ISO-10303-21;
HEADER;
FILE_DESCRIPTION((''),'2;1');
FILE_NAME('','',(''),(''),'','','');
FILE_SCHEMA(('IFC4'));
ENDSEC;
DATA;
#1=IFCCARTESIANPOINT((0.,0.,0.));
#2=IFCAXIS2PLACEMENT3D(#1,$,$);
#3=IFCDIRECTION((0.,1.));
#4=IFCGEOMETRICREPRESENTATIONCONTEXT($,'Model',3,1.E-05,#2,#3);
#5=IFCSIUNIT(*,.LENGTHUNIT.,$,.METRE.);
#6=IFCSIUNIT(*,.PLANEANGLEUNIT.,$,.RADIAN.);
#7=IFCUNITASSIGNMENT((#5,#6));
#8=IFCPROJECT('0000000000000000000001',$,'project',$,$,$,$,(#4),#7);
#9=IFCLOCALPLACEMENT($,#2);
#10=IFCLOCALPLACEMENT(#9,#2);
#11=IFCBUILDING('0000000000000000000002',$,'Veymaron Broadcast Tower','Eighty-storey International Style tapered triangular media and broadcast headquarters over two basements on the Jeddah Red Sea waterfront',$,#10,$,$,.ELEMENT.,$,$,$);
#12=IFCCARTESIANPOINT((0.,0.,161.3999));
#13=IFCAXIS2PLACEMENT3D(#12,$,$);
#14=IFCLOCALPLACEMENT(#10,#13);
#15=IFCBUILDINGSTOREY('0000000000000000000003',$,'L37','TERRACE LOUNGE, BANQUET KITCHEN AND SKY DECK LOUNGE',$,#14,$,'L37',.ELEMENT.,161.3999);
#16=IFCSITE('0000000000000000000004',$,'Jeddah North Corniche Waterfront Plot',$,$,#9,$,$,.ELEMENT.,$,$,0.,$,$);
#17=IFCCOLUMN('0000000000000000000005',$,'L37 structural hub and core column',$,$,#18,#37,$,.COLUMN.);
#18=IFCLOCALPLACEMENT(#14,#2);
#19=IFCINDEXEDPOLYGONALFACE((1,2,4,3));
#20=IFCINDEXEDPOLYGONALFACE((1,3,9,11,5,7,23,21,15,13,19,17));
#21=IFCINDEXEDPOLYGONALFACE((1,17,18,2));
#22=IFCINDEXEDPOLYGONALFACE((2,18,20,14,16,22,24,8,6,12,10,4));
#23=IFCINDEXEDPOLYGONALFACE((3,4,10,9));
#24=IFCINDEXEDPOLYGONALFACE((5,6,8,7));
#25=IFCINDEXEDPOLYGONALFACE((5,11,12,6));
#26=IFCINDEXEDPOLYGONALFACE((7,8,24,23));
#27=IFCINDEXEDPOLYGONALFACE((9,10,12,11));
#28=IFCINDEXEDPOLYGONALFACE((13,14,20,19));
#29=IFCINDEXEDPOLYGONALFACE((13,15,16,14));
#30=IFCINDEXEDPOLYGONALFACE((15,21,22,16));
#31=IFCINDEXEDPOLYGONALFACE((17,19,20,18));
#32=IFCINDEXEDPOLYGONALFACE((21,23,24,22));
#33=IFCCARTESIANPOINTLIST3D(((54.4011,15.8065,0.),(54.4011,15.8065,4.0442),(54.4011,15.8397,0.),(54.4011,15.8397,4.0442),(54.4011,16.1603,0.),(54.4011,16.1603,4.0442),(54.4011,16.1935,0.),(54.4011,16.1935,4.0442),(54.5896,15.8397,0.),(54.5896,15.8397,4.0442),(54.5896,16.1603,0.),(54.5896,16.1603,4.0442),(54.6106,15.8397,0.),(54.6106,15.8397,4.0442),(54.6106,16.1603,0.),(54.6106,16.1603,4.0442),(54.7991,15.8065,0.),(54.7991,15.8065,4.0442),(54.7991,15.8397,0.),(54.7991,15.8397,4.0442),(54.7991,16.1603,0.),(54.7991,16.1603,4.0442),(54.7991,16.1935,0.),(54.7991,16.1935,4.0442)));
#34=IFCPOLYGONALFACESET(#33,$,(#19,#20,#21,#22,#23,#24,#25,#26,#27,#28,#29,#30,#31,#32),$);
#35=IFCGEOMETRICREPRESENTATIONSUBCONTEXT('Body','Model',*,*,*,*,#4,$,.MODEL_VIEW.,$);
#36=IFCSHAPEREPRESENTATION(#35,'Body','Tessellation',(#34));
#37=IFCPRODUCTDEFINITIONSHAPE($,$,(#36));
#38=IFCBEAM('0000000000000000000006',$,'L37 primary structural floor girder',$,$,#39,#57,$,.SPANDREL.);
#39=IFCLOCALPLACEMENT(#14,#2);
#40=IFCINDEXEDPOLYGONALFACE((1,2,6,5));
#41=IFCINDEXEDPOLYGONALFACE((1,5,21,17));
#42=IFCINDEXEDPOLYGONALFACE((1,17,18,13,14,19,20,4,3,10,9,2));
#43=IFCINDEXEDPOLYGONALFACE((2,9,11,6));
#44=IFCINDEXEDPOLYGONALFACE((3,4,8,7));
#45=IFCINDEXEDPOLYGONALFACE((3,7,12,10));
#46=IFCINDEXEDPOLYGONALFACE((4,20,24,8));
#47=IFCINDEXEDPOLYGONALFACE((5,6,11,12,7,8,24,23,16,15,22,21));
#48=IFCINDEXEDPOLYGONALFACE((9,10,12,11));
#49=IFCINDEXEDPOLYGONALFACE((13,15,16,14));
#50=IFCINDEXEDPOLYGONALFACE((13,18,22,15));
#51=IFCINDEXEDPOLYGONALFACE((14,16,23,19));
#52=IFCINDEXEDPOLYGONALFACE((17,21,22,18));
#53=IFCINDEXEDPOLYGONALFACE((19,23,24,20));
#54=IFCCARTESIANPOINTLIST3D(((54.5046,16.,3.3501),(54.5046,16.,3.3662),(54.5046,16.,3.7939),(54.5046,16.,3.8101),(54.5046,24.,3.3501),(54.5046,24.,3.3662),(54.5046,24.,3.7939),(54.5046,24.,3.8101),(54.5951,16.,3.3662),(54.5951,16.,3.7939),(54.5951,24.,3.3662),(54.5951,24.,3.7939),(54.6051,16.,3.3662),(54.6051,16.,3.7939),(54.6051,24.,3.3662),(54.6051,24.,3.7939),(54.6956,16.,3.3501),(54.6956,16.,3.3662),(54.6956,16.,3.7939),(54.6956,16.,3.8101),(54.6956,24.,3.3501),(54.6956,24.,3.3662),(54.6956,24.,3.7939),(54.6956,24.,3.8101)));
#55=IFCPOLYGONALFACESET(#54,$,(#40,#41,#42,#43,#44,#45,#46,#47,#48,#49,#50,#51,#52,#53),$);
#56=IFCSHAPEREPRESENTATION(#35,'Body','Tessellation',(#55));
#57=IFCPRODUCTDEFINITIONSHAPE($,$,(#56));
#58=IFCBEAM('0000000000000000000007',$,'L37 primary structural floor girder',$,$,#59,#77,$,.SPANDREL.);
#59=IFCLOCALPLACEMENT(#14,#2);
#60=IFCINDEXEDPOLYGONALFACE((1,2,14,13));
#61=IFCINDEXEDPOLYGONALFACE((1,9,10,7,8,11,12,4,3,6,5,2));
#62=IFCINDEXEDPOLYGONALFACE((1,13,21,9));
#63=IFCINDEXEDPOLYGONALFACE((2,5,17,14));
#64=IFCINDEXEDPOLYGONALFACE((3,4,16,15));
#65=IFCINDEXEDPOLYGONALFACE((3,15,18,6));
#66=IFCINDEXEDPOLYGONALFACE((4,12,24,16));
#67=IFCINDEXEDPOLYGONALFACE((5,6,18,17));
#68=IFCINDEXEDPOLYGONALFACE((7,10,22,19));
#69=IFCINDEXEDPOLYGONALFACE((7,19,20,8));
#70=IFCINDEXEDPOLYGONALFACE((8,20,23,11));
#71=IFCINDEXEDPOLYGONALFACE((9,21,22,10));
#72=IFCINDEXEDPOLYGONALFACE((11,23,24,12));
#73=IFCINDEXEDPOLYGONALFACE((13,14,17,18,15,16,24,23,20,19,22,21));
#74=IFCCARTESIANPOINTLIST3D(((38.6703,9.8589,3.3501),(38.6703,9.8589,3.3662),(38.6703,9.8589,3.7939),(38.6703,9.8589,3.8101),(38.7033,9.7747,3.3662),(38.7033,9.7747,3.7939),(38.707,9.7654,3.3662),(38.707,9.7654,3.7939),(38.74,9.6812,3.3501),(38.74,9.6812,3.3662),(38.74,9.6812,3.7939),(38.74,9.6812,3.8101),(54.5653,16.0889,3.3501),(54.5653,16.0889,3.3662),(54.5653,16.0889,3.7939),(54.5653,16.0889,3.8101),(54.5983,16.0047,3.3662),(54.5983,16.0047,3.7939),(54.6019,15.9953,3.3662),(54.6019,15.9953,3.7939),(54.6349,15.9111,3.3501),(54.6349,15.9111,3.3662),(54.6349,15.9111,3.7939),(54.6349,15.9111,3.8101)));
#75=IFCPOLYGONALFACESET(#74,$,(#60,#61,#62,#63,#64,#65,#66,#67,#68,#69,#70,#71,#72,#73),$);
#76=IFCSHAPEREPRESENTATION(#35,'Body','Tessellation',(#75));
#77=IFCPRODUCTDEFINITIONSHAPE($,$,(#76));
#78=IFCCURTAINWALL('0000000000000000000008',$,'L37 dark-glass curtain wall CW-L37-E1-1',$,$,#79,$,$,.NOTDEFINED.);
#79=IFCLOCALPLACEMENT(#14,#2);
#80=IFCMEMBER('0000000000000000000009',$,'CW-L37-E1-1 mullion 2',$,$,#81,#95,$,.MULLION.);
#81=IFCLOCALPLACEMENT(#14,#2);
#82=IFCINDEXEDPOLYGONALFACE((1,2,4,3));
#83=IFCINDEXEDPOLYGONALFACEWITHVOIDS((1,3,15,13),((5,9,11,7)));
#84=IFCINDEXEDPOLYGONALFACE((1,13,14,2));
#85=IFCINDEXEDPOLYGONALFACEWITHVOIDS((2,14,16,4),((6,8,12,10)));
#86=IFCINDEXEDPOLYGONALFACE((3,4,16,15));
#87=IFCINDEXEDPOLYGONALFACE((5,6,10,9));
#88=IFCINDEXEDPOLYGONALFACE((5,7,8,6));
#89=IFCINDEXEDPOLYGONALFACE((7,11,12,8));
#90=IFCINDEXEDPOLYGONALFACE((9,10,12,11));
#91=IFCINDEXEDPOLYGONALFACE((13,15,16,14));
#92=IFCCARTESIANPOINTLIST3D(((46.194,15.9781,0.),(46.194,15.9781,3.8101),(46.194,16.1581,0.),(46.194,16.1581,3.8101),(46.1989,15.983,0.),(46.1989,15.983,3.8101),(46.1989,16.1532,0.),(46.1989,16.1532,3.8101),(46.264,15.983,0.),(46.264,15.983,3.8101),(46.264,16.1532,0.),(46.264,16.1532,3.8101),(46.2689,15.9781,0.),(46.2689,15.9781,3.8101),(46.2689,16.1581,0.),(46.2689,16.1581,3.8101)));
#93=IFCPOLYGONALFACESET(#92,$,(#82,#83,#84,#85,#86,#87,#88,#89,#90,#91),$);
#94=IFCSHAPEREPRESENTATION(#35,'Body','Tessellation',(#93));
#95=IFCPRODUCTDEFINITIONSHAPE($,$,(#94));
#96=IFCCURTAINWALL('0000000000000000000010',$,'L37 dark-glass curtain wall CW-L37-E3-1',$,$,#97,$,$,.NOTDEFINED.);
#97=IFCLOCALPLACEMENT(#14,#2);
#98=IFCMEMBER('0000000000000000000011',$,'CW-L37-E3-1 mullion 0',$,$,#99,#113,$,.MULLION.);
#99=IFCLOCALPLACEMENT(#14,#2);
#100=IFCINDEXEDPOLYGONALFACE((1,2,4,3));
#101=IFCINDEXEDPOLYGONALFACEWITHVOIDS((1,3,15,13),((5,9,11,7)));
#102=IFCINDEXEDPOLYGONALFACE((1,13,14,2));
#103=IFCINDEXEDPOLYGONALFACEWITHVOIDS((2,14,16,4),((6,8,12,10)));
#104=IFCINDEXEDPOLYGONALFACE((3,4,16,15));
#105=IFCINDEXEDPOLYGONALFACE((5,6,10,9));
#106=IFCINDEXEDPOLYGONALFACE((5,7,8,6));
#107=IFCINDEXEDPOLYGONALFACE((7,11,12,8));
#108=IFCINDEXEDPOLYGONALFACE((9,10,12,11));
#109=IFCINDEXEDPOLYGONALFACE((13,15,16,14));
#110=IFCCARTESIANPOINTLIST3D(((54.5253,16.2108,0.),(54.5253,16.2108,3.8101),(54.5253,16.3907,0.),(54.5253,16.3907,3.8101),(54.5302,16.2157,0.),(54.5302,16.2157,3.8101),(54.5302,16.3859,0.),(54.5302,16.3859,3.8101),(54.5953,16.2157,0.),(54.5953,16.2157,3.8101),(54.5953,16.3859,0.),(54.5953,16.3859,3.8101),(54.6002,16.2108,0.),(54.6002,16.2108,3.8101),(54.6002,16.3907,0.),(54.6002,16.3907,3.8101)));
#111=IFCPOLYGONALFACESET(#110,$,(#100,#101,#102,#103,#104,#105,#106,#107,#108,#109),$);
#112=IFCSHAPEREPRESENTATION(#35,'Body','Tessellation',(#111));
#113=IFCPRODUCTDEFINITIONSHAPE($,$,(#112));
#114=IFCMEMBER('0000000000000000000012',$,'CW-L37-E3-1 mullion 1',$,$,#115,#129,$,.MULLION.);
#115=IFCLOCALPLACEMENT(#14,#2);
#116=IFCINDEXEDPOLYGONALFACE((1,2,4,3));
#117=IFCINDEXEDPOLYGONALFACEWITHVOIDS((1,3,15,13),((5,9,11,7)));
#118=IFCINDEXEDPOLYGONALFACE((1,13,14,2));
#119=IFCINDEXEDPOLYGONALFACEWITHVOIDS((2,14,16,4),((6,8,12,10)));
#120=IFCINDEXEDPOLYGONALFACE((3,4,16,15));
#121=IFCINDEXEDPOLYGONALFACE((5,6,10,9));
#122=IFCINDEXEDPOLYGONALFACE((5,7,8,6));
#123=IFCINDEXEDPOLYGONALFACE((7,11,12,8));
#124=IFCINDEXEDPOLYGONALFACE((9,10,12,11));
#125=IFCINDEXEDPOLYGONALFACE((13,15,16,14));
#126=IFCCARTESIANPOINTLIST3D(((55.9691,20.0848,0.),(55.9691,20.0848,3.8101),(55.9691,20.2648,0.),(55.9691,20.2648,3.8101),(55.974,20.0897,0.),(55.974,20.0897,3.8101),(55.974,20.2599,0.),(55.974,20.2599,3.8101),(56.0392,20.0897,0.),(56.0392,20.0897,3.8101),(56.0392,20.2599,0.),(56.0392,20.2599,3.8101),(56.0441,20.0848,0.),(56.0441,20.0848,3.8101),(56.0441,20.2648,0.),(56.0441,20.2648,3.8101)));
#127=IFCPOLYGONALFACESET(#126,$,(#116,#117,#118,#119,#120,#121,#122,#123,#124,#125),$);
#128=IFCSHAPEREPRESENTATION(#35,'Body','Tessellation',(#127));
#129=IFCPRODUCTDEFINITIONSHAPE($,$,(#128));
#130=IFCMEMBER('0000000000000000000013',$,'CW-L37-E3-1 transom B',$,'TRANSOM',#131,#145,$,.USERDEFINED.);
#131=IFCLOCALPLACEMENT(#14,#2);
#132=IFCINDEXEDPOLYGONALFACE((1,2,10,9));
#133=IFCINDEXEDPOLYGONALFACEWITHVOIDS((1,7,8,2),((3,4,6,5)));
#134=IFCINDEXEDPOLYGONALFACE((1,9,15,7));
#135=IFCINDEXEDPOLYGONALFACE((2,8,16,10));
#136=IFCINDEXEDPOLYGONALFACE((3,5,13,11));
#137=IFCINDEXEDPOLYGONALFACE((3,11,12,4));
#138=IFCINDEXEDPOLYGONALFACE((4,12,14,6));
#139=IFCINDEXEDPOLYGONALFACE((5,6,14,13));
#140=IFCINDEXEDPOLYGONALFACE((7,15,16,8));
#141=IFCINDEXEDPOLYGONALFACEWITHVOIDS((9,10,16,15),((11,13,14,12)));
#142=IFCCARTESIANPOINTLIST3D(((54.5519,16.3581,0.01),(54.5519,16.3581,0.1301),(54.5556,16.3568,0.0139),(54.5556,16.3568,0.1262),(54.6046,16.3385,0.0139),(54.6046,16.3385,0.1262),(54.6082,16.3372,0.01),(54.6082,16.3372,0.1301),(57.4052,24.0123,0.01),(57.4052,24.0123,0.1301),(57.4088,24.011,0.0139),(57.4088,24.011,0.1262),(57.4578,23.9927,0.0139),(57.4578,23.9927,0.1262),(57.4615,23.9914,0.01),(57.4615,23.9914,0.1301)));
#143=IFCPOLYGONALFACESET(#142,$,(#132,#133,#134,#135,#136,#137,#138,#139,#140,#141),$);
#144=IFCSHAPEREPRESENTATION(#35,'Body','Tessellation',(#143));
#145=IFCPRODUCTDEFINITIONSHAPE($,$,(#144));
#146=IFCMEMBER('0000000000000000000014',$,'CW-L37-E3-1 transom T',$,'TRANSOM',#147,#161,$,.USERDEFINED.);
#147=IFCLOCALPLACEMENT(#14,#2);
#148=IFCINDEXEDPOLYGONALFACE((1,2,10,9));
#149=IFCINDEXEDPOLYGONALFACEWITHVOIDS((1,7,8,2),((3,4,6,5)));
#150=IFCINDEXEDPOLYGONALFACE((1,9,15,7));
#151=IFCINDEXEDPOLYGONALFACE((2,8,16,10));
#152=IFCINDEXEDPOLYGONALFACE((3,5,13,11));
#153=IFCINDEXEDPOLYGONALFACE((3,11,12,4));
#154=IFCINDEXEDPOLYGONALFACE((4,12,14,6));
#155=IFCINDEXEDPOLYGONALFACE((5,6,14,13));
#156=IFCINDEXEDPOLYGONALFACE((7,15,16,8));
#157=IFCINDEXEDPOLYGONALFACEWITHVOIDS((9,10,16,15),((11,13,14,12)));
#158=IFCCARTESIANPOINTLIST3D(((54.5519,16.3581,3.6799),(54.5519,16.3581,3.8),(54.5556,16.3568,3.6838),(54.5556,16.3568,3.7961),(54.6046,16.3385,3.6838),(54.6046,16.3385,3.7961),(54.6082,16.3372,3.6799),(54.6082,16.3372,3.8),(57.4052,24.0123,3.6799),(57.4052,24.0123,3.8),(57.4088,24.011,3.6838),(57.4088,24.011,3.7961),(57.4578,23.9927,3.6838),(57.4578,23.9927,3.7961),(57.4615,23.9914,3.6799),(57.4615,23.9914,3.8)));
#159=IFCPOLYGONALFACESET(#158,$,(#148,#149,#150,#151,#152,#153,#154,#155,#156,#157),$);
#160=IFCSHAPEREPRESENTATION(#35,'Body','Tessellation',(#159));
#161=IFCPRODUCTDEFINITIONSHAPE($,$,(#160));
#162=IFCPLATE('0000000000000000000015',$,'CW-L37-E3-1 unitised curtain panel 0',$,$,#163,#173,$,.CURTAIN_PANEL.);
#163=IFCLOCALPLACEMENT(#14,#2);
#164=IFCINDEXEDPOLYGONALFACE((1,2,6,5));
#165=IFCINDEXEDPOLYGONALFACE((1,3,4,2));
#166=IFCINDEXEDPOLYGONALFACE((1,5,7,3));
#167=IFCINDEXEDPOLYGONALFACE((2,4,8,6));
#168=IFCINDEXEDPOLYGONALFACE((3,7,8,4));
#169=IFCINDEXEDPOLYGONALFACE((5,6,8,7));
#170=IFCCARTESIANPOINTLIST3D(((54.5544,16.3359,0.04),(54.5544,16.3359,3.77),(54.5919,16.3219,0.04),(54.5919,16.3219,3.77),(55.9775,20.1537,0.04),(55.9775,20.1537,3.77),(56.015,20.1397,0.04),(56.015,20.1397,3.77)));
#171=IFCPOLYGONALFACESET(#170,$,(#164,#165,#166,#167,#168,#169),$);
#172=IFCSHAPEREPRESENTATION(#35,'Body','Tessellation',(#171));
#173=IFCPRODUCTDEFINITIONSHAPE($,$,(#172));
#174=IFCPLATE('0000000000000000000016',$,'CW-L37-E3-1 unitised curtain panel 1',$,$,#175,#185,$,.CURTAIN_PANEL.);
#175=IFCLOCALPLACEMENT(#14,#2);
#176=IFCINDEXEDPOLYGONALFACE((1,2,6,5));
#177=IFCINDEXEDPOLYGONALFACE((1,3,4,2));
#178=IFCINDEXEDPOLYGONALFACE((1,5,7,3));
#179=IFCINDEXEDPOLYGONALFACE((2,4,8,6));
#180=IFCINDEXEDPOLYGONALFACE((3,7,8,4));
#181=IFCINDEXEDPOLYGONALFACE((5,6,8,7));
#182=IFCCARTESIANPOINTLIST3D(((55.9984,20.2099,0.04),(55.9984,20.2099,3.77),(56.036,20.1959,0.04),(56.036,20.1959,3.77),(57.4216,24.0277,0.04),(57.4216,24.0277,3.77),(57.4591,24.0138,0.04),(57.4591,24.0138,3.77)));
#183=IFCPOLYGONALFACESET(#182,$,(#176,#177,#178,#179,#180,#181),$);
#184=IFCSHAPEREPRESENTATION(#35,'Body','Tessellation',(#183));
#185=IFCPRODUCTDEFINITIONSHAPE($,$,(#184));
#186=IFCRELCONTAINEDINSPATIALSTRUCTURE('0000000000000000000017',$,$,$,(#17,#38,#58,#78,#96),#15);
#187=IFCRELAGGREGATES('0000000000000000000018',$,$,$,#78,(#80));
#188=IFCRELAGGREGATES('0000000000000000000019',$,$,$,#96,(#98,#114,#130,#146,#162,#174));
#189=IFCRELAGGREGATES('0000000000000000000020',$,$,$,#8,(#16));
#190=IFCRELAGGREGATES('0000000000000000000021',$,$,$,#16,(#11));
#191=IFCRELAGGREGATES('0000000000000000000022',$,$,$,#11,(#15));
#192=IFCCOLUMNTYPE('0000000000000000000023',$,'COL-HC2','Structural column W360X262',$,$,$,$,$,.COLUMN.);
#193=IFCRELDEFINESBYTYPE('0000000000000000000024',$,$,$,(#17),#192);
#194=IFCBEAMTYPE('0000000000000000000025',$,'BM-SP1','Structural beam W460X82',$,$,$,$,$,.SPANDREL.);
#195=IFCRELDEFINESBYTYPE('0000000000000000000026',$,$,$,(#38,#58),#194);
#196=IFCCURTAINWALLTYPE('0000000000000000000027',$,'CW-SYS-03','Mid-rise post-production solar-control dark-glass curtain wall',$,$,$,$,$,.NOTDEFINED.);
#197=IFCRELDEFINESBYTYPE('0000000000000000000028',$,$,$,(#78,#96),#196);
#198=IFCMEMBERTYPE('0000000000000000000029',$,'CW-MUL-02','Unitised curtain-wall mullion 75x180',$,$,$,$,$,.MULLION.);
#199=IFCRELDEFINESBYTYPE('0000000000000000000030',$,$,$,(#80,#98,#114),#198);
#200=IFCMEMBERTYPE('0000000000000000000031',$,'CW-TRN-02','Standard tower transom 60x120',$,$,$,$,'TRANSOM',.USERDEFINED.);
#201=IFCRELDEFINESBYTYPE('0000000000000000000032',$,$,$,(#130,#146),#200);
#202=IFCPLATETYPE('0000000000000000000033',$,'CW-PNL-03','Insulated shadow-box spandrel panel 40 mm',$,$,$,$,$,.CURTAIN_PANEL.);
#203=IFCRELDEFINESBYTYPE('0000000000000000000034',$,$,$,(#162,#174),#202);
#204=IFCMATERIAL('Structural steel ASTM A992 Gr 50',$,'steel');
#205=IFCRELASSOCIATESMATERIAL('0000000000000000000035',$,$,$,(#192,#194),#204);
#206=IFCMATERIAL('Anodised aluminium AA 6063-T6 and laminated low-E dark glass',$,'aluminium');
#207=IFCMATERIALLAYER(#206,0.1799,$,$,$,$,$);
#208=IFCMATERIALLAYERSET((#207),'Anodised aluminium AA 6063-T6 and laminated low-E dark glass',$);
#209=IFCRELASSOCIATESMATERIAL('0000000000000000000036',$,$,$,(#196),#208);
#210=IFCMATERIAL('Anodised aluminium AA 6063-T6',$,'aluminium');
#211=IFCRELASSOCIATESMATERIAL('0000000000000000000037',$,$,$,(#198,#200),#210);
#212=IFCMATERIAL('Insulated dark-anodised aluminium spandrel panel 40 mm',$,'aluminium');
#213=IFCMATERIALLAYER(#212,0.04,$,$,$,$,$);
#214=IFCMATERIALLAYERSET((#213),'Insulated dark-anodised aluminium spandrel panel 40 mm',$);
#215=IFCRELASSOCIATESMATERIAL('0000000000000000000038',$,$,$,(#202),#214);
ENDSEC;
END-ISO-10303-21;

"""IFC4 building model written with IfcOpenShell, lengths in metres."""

from ifc_helpers import new_model, si_unit, direction, frame, origin, origin_2d, place, context, subcontext, project, spatial, rectangle, hollow_rectangle, i_section, extrude, material, layer, layer_set, material_profile, profile_set, type_object, element, aggregate, save


model = new_model("IFC4")

# Units and contexts
model_context = context("Model", 3, precision=1e-05, world=origin(), true_north=direction((0.0, 1.0)))
body_context = subcontext(model_context, "Body", "Model", "MODEL_VIEW")
ifc_project = project(units=[si_unit("LENGTHUNIT", "METRE"), si_unit("PLANEANGLEUNIT", "RADIAN")], contexts=[model_context])

# Site, building, storey
site_placement = place(None, origin())
site = spatial("IfcSite", under=ifc_project, at=site_placement, Name="Jeddah North Corniche Waterfront Plot", CompositionType="ELEMENT", RefElevation=0.0)
building_placement = place(site_placement, origin())
building = spatial("IfcBuilding", under=site, at=building_placement, Name="Veymaron Broadcast Tower", Description="Eighty-storey International Style tapered triangular media and broadcast headquarters over two basements on the Jeddah Red Sea waterfront", CompositionType="ELEMENT")
storey_placement = place(building_placement, frame((0.0, 0.0, 161.3999)))
storey = spatial("IfcBuildingStorey", under=building, at=storey_placement, Name="L37", Description="TERRACE LOUNGE, BANQUET KITCHEN AND SKY DECK LOUNGE", LongName="L37", CompositionType="ELEMENT", Elevation=161.3999)

# Column
ifc_material_1 = material(Name="Structural steel ASTM A992 Gr 50", Category="steel")
ifc_material_profile_1 = material_profile(ifc_material_1, i_section(OverallWidth=0.3979, OverallDepth=0.387, WebThickness=0.021, FlangeThickness=0.0332, at=origin_2d()), Name="W360X262")
ifc_profile_set_1 = profile_set([ifc_material_profile_1], Name="Structural steel ASTM A992 Gr 50")
column_type = type_object("IfcColumnType", Name="COL-HC2", Description="Structural column W360X262", PredefinedType="COLUMN", material=ifc_profile_set_1)
column_placement = place(storey_placement, frame((54.6001, 16.0, 0.0), z_axis=(0.0, 0.0, 1.0), x_axis=(1.0, 0.0, 0.0)))
element("IfcColumn", 1, at=column_placement, inside=storey, type_object=column_type, Name="L37 structural hub and core column", PredefinedType="COLUMN", context=body_context, shape_type="SweptSolid", body=[
    extrude(i_section(OverallWidth=0.3979, OverallDepth=0.387, WebThickness=0.021, FlangeThickness=0.0332, at=origin_2d()), origin(), (0.0, 0.0, 1.0), 4.0442),
])

# Beams
ifc_material_profile_2 = material_profile(ifc_material_1, i_section(OverallWidth=0.1909, OverallDepth=0.46, WebThickness=0.01, FlangeThickness=0.0161, at=origin_2d()), Name="W460X82")
ifc_profile_set_2 = profile_set([ifc_material_profile_2], Name="Structural steel ASTM A992 Gr 50")
beam_type = type_object("IfcBeamType", Name="BM-SP1", Description="Structural beam W460X82", PredefinedType="SPANDREL", material=ifc_profile_set_2)
beam_1_placement = place(storey_placement, frame((54.6001, 16.0, 3.5801), z_axis=(0.0, 1.0, 0.0), x_axis=(-1.0, 0.0, 0.0)))
element("IfcBeam", 2, at=beam_1_placement, inside=storey, type_object=beam_type, Name="L37 primary structural floor girder", PredefinedType="SPANDREL", context=body_context, shape_type="SweptSolid", body=[
    extrude(i_section(OverallWidth=0.1909, OverallDepth=0.46, WebThickness=0.01, FlangeThickness=0.0161, at=origin_2d()), origin(), (0.0, 0.0, 1.0), 8.0),
])
beam_2_placement = place(storey_placement, frame((54.6001, 16.0, 3.5801), z_axis=(-0.93104, -0.364917, 0.0), x_axis=(0.364917, -0.93104, 0.0)))
element("IfcBeam", 3, at=beam_2_placement, inside=storey, type_object=beam_type, Name="L37 primary structural floor girder", PredefinedType="SPANDREL", context=body_context, shape_type="SweptSolid", body=[
    extrude(i_section(OverallWidth=0.1909, OverallDepth=0.46, WebThickness=0.01, FlangeThickness=0.0161, at=origin_2d()), origin(), (0.0, 0.0, 1.0), 17.0723),
])

# Curtain wall, member
ifc_material_2 = material(Name="Anodised aluminium AA 6063-T6 and laminated low-E dark glass", Category="aluminium")
ifc_layer_1 = layer(ifc_material_2, 0.1799)
ifc_layer_set_1 = layer_set([ifc_layer_1], Name="Anodised aluminium AA 6063-T6 and laminated low-E dark glass")
curtain_wall_type = type_object("IfcCurtainWallType", Name="CW-SYS-03", Description="Mid-rise post-production solar-control dark-glass curtain wall", PredefinedType="NOTDEFINED", material=ifc_layer_set_1)
curtain_wall_1_placement = place(storey_placement, origin())
curtain_wall_1 = element("IfcCurtainWall", 4, at=curtain_wall_1_placement, inside=storey, type_object=curtain_wall_type, Name="L37 dark-glass curtain wall CW-L37-E1-1", PredefinedType="NOTDEFINED")
ifc_material_3 = material(Name="Anodised aluminium AA 6063-T6", Category="aluminium")
ifc_material_profile_3 = material_profile(ifc_material_3, hollow_rectangle(XDim=0.075, YDim=0.1799, WallThickness=0.0049, at=origin_2d()), Name="AL180X75X5")
ifc_profile_set_3 = profile_set([ifc_material_profile_3], Name="Anodised aluminium AA 6063-T6")
member_type_1 = type_object("IfcMemberType", Name="CW-MUL-02", Description="Unitised curtain-wall mullion 75x180", PredefinedType="MULLION", material=ifc_profile_set_3)
member_1_placement = place(storey_placement, frame((46.2314, 16.0681, 0.0), z_axis=(0.0, 0.0, 1.0), x_axis=(1.0, 0.0, 0.0)))
member_1 = element("IfcMember", 5, at=member_1_placement, type_object=member_type_1, Name="CW-L37-E1-1 mullion 2", PredefinedType="MULLION", context=body_context, shape_type="SweptSolid", body=[
    extrude(hollow_rectangle(XDim=0.075, YDim=0.1799, WallThickness=0.0049, at=origin_2d()), origin(), (0.0, 0.0, 1.0), 3.8101),
])
aggregate(curtain_wall_1, [member_1])

# Curtain wall, members, plates
curtain_wall_2_placement = place(storey_placement, origin())
curtain_wall_2 = element("IfcCurtainWall", 6, at=curtain_wall_2_placement, inside=storey, type_object=curtain_wall_type, Name="L37 dark-glass curtain wall CW-L37-E3-1", PredefinedType="NOTDEFINED")
member_2_placement = place(storey_placement, frame((54.5627, 16.3008, 0.0), z_axis=(0.0, 0.0, 1.0), x_axis=(1.0, 0.0, 0.0)))
member_2 = element("IfcMember", 7, at=member_2_placement, type_object=member_type_1, Name="CW-L37-E3-1 mullion 0", PredefinedType="MULLION", context=body_context, shape_type="SweptSolid", body=[
    extrude(hollow_rectangle(XDim=0.075, YDim=0.1799, WallThickness=0.0049, at=origin_2d()), origin(), (0.0, 0.0, 1.0), 3.8101),
])
member_3_placement = place(storey_placement, frame((56.0066, 20.1748, 0.0), z_axis=(0.0, 0.0, 1.0), x_axis=(1.0, 0.0, 0.0)))
member_3 = element("IfcMember", 8, at=member_3_placement, type_object=member_type_1, Name="CW-L37-E3-1 mullion 1", PredefinedType="MULLION", context=body_context, shape_type="SweptSolid", body=[
    extrude(hollow_rectangle(XDim=0.075, YDim=0.1799, WallThickness=0.0049, at=origin_2d()), origin(), (0.0, 0.0, 1.0), 3.8101),
])
ifc_material_profile_4 = material_profile(ifc_material_3, hollow_rectangle(XDim=0.0601, YDim=0.1201, WallThickness=0.0039, at=origin_2d()), Name="AL120X60X4")
ifc_profile_set_4 = profile_set([ifc_material_profile_4], Name="Anodised aluminium AA 6063-T6")
member_type_2 = type_object("IfcMemberType", Name="CW-TRN-02", Description="Standard tower transom 60x120", ElementType="TRANSOM", PredefinedType="USERDEFINED", material=ifc_profile_set_4)
member_4_placement = place(storey_placement, frame((54.5801, 16.3477, 0.0701), z_axis=(0.349289, 0.937015, 0.0), x_axis=(-0.937015, 0.349289, 0.0)))
member_4 = element("IfcMember", 9, at=member_4_placement, type_object=member_type_2, Name="CW-L37-E3-1 transom B", ObjectType="TRANSOM", PredefinedType="USERDEFINED", context=body_context, shape_type="SweptSolid", body=[
    extrude(hollow_rectangle(XDim=0.0601, YDim=0.1201, WallThickness=0.0039, at=origin_2d()), origin(), (0.0, 0.0, 1.0), 8.1687),
])
member_5_placement = place(storey_placement, frame((54.5801, 16.3477, 3.74), z_axis=(0.349289, 0.937015, 0.0), x_axis=(-0.937015, 0.349289, 0.0)))
member_5 = element("IfcMember", 10, at=member_5_placement, type_object=member_type_2, Name="CW-L37-E3-1 transom T", ObjectType="TRANSOM", PredefinedType="USERDEFINED", context=body_context, shape_type="SweptSolid", body=[
    extrude(hollow_rectangle(XDim=0.0601, YDim=0.1201, WallThickness=0.0039, at=origin_2d()), origin(), (0.0, 0.0, 1.0), 8.1687),
])
ifc_material_4 = material(Name="Insulated dark-anodised aluminium spandrel panel 40 mm", Category="aluminium")
ifc_layer_2 = layer(ifc_material_4, 0.04)
ifc_layer_set_2 = layer_set([ifc_layer_2], Name="Insulated dark-anodised aluminium spandrel panel 40 mm")
plate_type = type_object("IfcPlateType", Name="CW-PNL-03", Description="Insulated shadow-box spandrel panel 40 mm", PredefinedType="CURTAIN_PANEL", material=ifc_layer_set_2)
plate_1_placement = place(storey_placement, frame((55.2847, 18.2378, 0.04), z_axis=(0.0, 0.0, 1.0), x_axis=(0.349275, 0.93702, 0.0)))
plate_1 = element("IfcPlate", 11, at=plate_1_placement, type_object=plate_type, Name="CW-L37-E3-1 unitised curtain panel 0", PredefinedType="CURTAIN_PANEL", context=body_context, shape_type="SweptSolid", body=[
    extrude(rectangle(XDim=4.0745, YDim=0.04, at=origin_2d()), origin(), (0.0, 0.0, 1.0), 3.73),
])
plate_2_placement = place(storey_placement, frame((56.7288, 22.1118, 0.04), z_axis=(0.0, 0.0, 1.0), x_axis=(0.349275, 0.93702, 0.0)))
plate_2 = element("IfcPlate", 12, at=plate_2_placement, type_object=plate_type, Name="CW-L37-E3-1 unitised curtain panel 1", PredefinedType="CURTAIN_PANEL", context=body_context, shape_type="SweptSolid", body=[
    extrude(rectangle(XDim=4.0745, YDim=0.04, at=origin_2d()), origin(), (0.0, 0.0, 1.0), 3.73),
])
aggregate(curtain_wall_2, [member_2, member_3, member_4, member_5, plate_1, plate_2])

save(model, "model.ifc")
